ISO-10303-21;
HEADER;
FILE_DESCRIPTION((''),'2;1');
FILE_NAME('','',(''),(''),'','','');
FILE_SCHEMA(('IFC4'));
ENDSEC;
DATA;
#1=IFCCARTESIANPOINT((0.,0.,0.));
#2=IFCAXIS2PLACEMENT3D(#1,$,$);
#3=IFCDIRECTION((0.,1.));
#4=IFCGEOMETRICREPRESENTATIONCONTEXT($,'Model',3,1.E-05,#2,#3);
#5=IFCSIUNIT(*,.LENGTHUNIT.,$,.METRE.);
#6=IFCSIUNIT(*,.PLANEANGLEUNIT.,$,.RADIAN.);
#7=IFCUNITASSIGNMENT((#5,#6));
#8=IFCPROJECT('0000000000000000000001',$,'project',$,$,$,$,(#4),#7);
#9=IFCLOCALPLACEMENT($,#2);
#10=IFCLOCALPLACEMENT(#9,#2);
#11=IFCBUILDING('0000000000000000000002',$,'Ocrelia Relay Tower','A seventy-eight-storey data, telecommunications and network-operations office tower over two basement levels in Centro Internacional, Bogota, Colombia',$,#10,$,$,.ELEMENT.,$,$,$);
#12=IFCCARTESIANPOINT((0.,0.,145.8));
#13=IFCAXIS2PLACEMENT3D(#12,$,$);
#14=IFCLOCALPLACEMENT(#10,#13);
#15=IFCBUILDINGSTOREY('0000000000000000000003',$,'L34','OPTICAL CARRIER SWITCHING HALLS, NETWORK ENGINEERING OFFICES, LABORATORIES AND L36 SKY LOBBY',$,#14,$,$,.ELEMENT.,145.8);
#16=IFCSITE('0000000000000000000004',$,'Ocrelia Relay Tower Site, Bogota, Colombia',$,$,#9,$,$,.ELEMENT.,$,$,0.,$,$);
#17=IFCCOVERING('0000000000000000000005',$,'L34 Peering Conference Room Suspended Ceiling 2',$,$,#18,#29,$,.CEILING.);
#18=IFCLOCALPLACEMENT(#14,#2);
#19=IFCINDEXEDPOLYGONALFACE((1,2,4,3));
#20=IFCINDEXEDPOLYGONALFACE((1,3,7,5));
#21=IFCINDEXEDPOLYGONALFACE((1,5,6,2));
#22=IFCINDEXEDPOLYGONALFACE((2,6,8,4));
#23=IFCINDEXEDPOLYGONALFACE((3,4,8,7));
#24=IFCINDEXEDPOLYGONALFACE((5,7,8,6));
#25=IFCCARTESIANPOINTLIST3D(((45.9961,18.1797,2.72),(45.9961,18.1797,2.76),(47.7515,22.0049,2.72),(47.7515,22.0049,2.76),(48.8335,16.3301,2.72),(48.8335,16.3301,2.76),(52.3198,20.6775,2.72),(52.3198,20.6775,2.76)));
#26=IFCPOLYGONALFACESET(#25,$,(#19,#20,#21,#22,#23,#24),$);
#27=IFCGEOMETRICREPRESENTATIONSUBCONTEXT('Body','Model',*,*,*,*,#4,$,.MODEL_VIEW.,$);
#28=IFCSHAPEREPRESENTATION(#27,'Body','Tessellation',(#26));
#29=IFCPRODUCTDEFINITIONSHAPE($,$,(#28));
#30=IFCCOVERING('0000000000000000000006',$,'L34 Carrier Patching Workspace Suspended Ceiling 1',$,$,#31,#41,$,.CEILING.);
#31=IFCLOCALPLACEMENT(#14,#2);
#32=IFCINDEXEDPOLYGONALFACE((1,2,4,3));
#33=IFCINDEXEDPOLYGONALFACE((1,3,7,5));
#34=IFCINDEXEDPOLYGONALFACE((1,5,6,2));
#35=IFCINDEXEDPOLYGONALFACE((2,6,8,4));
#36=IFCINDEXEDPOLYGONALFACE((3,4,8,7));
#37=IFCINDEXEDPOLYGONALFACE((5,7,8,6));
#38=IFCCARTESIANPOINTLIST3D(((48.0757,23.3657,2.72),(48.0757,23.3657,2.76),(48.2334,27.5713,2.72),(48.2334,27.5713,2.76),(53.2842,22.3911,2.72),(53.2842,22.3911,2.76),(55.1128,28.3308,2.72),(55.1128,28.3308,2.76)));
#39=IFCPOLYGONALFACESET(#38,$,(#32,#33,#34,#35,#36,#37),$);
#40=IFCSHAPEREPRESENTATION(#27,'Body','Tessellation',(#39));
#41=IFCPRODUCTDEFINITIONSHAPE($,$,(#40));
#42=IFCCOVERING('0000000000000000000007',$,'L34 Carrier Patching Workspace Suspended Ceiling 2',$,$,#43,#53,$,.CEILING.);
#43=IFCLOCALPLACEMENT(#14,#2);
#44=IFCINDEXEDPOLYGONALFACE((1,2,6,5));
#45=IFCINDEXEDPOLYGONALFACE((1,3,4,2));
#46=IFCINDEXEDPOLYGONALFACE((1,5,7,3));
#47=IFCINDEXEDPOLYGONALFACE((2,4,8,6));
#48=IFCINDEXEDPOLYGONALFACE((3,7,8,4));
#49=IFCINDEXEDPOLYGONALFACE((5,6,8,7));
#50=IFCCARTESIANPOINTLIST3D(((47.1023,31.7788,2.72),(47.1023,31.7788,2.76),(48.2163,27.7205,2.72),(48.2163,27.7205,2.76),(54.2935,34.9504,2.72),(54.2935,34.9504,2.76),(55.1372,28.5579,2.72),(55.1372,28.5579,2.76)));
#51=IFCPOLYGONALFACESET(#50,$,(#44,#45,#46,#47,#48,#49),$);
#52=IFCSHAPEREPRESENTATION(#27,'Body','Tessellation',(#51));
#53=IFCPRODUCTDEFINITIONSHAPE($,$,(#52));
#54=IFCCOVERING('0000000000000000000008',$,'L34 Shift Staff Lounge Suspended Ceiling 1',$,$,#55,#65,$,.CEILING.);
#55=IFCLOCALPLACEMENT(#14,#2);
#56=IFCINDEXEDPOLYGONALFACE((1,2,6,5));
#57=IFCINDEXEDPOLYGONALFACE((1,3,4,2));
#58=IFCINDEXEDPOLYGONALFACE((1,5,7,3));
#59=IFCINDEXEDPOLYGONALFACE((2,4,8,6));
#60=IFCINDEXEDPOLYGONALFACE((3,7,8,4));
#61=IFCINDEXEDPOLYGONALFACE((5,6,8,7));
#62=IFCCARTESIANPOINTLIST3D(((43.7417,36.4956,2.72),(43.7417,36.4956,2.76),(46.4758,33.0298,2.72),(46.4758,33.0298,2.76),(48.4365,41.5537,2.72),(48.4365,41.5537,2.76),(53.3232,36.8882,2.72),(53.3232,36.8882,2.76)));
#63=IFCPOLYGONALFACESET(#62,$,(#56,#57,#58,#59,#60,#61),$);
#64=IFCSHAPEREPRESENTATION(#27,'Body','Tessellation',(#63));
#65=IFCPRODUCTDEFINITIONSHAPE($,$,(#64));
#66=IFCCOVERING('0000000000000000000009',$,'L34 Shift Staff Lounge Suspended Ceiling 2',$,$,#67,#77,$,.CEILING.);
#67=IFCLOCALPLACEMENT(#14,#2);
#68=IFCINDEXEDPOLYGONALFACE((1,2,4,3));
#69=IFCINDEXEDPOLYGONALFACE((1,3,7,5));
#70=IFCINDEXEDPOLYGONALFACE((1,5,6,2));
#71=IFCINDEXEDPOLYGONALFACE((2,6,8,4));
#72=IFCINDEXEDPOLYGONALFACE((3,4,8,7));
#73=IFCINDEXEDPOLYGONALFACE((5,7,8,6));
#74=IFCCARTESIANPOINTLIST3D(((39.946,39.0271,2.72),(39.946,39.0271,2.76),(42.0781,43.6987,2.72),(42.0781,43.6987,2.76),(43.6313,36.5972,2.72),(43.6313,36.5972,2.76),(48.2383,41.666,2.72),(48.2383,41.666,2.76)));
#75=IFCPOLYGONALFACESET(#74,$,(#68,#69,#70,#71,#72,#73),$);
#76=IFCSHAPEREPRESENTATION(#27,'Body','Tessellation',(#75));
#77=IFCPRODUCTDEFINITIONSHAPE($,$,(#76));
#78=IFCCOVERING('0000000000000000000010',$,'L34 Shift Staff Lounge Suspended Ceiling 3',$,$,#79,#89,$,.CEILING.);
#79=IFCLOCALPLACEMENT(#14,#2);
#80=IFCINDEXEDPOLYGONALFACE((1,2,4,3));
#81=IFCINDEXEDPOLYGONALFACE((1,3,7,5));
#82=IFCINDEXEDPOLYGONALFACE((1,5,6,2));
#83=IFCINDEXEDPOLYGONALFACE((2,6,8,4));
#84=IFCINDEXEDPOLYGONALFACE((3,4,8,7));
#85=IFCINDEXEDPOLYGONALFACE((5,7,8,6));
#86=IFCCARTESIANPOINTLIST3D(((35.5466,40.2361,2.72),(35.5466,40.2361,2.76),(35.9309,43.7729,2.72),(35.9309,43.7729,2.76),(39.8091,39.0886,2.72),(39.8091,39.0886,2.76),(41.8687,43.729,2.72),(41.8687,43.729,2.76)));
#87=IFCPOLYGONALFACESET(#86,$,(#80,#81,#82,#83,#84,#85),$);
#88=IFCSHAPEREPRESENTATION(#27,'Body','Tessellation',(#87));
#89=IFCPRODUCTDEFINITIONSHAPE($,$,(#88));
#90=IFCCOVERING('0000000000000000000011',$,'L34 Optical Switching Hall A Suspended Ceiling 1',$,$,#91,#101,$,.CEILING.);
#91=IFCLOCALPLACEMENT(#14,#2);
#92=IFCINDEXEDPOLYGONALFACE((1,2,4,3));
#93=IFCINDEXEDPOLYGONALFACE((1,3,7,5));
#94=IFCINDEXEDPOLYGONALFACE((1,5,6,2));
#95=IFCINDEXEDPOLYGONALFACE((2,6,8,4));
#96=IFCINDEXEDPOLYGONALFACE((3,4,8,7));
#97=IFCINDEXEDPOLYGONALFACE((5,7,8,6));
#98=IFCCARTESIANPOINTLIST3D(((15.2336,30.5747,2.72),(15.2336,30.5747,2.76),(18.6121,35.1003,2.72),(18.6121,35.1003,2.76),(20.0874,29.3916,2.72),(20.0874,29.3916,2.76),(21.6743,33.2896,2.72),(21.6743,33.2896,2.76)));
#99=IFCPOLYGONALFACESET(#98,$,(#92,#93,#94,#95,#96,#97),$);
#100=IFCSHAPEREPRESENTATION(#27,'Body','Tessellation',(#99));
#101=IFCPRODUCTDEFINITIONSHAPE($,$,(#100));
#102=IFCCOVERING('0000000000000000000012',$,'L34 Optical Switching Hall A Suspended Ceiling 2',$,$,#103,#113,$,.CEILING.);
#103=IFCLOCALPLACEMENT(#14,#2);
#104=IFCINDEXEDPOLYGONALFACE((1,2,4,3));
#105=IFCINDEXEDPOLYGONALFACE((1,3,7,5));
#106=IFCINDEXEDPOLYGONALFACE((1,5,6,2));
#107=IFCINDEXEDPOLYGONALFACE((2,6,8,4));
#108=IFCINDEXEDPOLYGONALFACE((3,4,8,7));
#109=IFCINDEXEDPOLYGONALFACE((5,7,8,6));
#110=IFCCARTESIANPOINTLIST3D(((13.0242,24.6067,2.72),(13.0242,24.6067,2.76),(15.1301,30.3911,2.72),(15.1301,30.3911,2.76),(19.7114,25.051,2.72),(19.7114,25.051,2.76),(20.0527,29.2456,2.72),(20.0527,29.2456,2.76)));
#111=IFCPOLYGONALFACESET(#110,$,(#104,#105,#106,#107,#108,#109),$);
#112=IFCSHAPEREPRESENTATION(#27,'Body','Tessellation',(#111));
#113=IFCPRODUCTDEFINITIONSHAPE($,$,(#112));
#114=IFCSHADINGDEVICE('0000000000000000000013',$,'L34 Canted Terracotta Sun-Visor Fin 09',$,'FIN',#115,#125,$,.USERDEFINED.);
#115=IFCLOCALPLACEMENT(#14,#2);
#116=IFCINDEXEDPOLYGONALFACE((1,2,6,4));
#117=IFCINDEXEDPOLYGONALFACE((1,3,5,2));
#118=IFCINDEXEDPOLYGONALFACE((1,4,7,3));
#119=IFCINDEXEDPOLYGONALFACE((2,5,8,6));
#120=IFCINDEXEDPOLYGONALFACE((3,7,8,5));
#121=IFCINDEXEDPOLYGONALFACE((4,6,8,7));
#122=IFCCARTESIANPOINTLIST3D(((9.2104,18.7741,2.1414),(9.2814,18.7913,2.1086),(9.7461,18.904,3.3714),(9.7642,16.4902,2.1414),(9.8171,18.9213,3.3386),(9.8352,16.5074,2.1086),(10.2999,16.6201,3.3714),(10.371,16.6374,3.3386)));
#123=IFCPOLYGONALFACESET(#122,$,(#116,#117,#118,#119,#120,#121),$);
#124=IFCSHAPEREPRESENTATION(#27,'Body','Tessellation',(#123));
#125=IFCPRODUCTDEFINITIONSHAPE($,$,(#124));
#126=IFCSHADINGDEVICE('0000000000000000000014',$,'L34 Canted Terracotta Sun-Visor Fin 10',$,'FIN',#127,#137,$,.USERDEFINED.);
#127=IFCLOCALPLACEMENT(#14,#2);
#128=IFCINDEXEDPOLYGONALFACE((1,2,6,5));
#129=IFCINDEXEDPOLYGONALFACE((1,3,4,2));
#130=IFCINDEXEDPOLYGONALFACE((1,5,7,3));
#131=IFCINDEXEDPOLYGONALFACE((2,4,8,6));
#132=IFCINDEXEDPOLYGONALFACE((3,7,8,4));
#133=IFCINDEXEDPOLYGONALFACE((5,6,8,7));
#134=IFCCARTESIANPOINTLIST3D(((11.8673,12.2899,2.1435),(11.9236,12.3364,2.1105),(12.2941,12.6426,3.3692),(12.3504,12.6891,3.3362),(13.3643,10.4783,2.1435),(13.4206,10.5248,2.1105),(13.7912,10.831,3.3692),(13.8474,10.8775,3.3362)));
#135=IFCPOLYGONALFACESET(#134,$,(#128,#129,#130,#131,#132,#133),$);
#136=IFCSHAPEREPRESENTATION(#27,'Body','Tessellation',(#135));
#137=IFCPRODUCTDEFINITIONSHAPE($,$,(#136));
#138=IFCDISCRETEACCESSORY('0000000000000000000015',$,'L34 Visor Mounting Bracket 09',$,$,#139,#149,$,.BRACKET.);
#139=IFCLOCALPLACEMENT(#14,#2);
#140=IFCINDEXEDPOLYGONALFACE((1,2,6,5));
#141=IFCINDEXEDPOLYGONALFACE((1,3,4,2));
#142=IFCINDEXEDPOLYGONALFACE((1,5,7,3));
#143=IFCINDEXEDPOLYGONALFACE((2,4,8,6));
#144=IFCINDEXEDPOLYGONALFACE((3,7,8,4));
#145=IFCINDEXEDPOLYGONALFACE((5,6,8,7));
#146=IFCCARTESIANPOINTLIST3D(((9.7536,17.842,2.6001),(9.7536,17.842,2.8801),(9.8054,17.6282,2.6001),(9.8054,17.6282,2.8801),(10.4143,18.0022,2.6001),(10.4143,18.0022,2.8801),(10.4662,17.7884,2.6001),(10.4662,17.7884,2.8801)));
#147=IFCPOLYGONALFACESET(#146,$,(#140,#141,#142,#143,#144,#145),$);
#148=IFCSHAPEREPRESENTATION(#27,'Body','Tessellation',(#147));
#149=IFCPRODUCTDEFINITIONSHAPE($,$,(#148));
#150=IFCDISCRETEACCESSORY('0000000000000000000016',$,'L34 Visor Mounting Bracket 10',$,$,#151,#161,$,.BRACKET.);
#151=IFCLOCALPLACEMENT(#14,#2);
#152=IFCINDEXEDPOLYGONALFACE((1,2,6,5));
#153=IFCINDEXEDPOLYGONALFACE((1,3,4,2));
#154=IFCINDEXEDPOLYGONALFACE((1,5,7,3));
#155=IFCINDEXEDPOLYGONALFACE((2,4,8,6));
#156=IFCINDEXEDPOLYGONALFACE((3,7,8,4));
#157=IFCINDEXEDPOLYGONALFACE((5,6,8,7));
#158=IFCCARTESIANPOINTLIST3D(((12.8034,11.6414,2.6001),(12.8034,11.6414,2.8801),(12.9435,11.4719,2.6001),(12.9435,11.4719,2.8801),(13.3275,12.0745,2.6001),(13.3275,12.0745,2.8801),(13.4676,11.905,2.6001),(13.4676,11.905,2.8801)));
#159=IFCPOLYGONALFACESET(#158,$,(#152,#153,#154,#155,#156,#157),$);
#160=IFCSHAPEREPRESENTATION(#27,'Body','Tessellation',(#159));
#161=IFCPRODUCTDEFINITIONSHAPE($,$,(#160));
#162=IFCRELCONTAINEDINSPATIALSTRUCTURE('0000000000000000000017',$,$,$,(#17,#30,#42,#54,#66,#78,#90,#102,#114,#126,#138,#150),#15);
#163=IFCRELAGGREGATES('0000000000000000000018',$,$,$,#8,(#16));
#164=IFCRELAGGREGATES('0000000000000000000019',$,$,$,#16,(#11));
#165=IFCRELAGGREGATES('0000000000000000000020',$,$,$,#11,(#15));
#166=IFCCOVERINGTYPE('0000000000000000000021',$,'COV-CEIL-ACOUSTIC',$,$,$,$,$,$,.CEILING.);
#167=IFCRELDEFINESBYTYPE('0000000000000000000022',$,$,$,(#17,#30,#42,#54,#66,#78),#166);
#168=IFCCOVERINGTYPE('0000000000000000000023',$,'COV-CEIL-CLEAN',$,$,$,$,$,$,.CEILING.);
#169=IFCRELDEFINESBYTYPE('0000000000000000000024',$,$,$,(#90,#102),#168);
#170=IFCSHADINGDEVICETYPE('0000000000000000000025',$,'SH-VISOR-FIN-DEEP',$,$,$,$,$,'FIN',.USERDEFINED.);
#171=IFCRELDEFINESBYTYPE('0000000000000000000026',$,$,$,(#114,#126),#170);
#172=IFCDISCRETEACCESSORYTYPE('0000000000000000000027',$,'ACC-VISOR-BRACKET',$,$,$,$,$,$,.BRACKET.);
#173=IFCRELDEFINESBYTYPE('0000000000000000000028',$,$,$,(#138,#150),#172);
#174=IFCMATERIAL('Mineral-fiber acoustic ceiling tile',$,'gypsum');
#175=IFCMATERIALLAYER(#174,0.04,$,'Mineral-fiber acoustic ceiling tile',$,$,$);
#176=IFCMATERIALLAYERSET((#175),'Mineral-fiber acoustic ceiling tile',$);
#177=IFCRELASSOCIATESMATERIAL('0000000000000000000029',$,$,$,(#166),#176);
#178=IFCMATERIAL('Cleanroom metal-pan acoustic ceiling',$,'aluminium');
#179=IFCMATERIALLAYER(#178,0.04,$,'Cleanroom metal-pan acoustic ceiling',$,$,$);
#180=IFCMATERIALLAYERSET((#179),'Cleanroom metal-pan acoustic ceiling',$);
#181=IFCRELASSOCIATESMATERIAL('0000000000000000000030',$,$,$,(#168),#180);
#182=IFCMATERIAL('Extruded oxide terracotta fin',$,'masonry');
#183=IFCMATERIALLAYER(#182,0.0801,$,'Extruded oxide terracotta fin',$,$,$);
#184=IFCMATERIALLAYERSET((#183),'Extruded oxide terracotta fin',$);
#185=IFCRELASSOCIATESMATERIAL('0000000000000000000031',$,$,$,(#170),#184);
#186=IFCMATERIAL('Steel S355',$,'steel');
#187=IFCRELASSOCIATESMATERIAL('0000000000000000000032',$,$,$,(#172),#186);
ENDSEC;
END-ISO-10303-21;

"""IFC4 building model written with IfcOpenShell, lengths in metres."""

from ifc_helpers import new_model, si_unit, direction, frame, origin, origin_2d, place, context, subcontext, project, spatial, polyline, rectangle, outline, extrude, material, layer, layer_set, type_object, element, save


model = new_model("IFC4")

# Units and contexts
model_context = context("Model", 3, precision=1e-05, world=origin(), true_north=direction((0.0, 1.0)))
body_context = subcontext(model_context, "Body", "Model", "MODEL_VIEW")
ifc_project = project(units=[si_unit("LENGTHUNIT", "METRE"), si_unit("PLANEANGLEUNIT", "RADIAN")], contexts=[model_context])

# Site, building, storey
site_placement = place(None, origin())
site = spatial("IfcSite", under=ifc_project, at=site_placement, Name="Ocrelia Relay Tower Site, Bogota, Colombia", CompositionType="ELEMENT", RefElevation=0.0)
building_placement = place(site_placement, origin())
building = spatial("IfcBuilding", under=site, at=building_placement, Name="Ocrelia Relay Tower", Description="A seventy-eight-storey data, telecommunications and network-operations office tower over two basement levels in Centro Internacional, Bogota, Colombia", CompositionType="ELEMENT")
storey_placement = place(building_placement, frame((0.0, 0.0, 145.8)))
storey = spatial("IfcBuildingStorey", under=building, at=storey_placement, Name="L34", Description="OPTICAL CARRIER SWITCHING HALLS, NETWORK ENGINEERING OFFICES, LABORATORIES AND L36 SKY LOBBY", CompositionType="ELEMENT", Elevation=145.8)

# Coverings
ifc_material_1 = material(Name="Mineral-fiber acoustic ceiling tile", Category="gypsum")
ifc_layer_1 = layer(ifc_material_1, 0.04, Name="Mineral-fiber acoustic ceiling tile")
ifc_layer_set_1 = layer_set([ifc_layer_1], Name="Mineral-fiber acoustic ceiling tile")
covering_type_1 = type_object("IfcCoveringType", Name="COV-CEIL-ACOUSTIC", PredefinedType="CEILING", material=ifc_layer_set_1)
covering_1_placement = place(storey_placement, frame((0.0, 0.0, 2.72)))
element("IfcCovering", 1, at=covering_1_placement, inside=storey, type_object=covering_type_1, Name="L34 Peering Conference Room Suspended Ceiling 2", PredefinedType="CEILING", context=body_context, shape_type="SweptSolid", body=[
    extrude(outline(polyline([(45.9961, 18.1797), (48.8335, 16.3301), (52.3198, 20.6775), (47.7515, 22.0049), (45.9961, 18.1797)])), origin(), (0.0, 0.0, 1.0), 0.04),
])
covering_2_placement = place(storey_placement, frame((0.0, 0.0, 2.72)))
element("IfcCovering", 2, at=covering_2_placement, inside=storey, type_object=covering_type_1, Name="L34 Carrier Patching Workspace Suspended Ceiling 1", PredefinedType="CEILING", context=body_context, shape_type="SweptSolid", body=[
    extrude(outline(polyline([(48.0757, 23.3657), (53.2842, 22.3911), (55.1128, 28.3308), (48.2334, 27.5713), (48.0757, 23.3657)])), origin(), (0.0, 0.0, 1.0), 0.04),
])
covering_3_placement = place(storey_placement, frame((0.0, 0.0, 2.72)))
element("IfcCovering", 3, at=covering_3_placement, inside=storey, type_object=covering_type_1, Name="L34 Carrier Patching Workspace Suspended Ceiling 2", PredefinedType="CEILING", context=body_context, shape_type="SweptSolid", body=[
    extrude(outline(polyline([(48.2163, 27.7205), (55.1372, 28.5579), (54.2935, 34.9504), (47.1023, 31.7788), (48.2163, 27.7205)])), origin(), (0.0, 0.0, 1.0), 0.04),
])
covering_4_placement = place(storey_placement, frame((0.0, 0.0, 2.72)))
element("IfcCovering", 4, at=covering_4_placement, inside=storey, type_object=covering_type_1, Name="L34 Shift Staff Lounge Suspended Ceiling 1", PredefinedType="CEILING", context=body_context, shape_type="SweptSolid", body=[
    extrude(outline(polyline([(46.4758, 33.0298), (53.3232, 36.8882), (48.4365, 41.5537), (43.7417, 36.4956), (46.4758, 33.0298)])), origin(), (0.0, 0.0, 1.0), 0.04),
])
covering_5_placement = place(storey_placement, frame((0.0, 0.0, 2.72)))
element("IfcCovering", 5, at=covering_5_placement, inside=storey, type_object=covering_type_1, Name="L34 Shift Staff Lounge Suspended Ceiling 2", PredefinedType="CEILING", context=body_context, shape_type="SweptSolid", body=[
    extrude(outline(polyline([(43.6313, 36.5972), (48.2383, 41.666), (42.0781, 43.6987), (39.946, 39.0271), (43.6313, 36.5972)])), origin(), (0.0, 0.0, 1.0), 0.04),
])
covering_6_placement = place(storey_placement, frame((0.0, 0.0, 2.72)))
element("IfcCovering", 6, at=covering_6_placement, inside=storey, type_object=covering_type_1, Name="L34 Shift Staff Lounge Suspended Ceiling 3", PredefinedType="CEILING", context=body_context, shape_type="SweptSolid", body=[
    extrude(outline(polyline([(39.8091, 39.0886), (41.8687, 43.729), (35.9309, 43.7729), (35.5466, 40.2361), (39.8091, 39.0886)])), origin(), (0.0, 0.0, 1.0), 0.04),
])
ifc_material_2 = material(Name="Cleanroom metal-pan acoustic ceiling", Category="aluminium")
ifc_layer_2 = layer(ifc_material_2, 0.04, Name="Cleanroom metal-pan acoustic ceiling")
ifc_layer_set_2 = layer_set([ifc_layer_2], Name="Cleanroom metal-pan acoustic ceiling")
covering_type_2 = type_object("IfcCoveringType", Name="COV-CEIL-CLEAN", PredefinedType="CEILING", material=ifc_layer_set_2)
covering_7_placement = place(storey_placement, frame((0.0, 0.0, 2.72)))
element("IfcCovering", 7, at=covering_7_placement, inside=storey, type_object=covering_type_2, Name="L34 Optical Switching Hall A Suspended Ceiling 1", PredefinedType="CEILING", context=body_context, shape_type="SweptSolid", body=[
    extrude(outline(polyline([(21.6743, 33.2896), (18.6121, 35.1003), (15.2336, 30.5747), (20.0874, 29.3916), (21.6743, 33.2896)])), origin(), (0.0, 0.0, 1.0), 0.04),
])
covering_8_placement = place(storey_placement, frame((0.0, 0.0, 2.72)))
element("IfcCovering", 8, at=covering_8_placement, inside=storey, type_object=covering_type_2, Name="L34 Optical Switching Hall A Suspended Ceiling 2", PredefinedType="CEILING", context=body_context, shape_type="SweptSolid", body=[
    extrude(outline(polyline([(20.0527, 29.2456), (15.1301, 30.3911), (13.0242, 24.6067), (19.7114, 25.051), (20.0527, 29.2456)])), origin(), (0.0, 0.0, 1.0), 0.04),
])

# Shading devices
ifc_material_3 = material(Name="Extruded oxide terracotta fin", Category="masonry")
ifc_layer_3 = layer(ifc_material_3, 0.0801, Name="Extruded oxide terracotta fin")
ifc_layer_set_3 = layer_set([ifc_layer_3], Name="Extruded oxide terracotta fin")
shading_device_type = type_object("IfcShadingDeviceType", Name="SH-VISOR-FIN-DEEP", ElementType="FIN", PredefinedType="USERDEFINED", material=ifc_layer_set_3)
shading_device_1_placement = place(storey_placement, frame((9.8262, 17.7144, 2.7236), z_axis=(-0.886845, -0.215062, 0.408968), x_axis=(0.235672, -0.971833, 0.0)))
element("IfcShadingDevice", 9, at=shading_device_1_placement, inside=storey, type_object=shading_device_type, Name="L34 Canted Terracotta Sun-Visor Fin 09", ObjectType="FIN", PredefinedType="USERDEFINED", context=body_context, shape_type="SweptSolid", body=[
    extrude(rectangle(XDim=2.3501, YDim=1.3479, at=origin_2d()), origin(), (0.0, 0.0, 1.0), 0.0801),
])
shading_device_2_placement = place(storey_placement, frame((12.8855, 11.6069, 2.7234), z_axis=(-0.702509, -0.580522, 0.411673), x_axis=(0.637005, -0.77086, 0.0)))
element("IfcShadingDevice", 10, at=shading_device_2_placement, inside=storey, type_object=shading_device_type, Name="L34 Canted Terracotta Sun-Visor Fin 10", ObjectType="FIN", PredefinedType="USERDEFINED", context=body_context, shape_type="SweptSolid", body=[
    extrude(rectangle(XDim=2.3501, YDim=1.345, at=origin_2d()), origin(), (0.0, 0.0, 1.0), 0.0801),
])

# Discrete accessories
ifc_material_4 = material(Name="Steel S355", Category="steel")
discrete_accessory_type = type_object("IfcDiscreteAccessoryType", Name="ACC-VISOR-BRACKET", PredefinedType="BRACKET", material=ifc_material_4)
for number, where, z_axis, x_axis, name in (
    (11, (10.1099, 17.8152, 2.6001), (0.0, 0.0, 1.0), (0.235672, -0.971833, 0.0), "L34 Visor Mounting Bracket 09"),
    (12, (13.1355, 11.7732, 2.6001), (0.0, 0.0, 1.0), (0.637005, -0.77086, 0.0), "L34 Visor Mounting Bracket 10"),
):
    element("IfcDiscreteAccessory", number, at=place(storey_placement, frame(where, z_axis=z_axis, x_axis=x_axis)), inside=storey, type_object=discrete_accessory_type, Name=name, PredefinedType="BRACKET", context=body_context, shape_type="SweptSolid", body=[
        extrude(rectangle(XDim=0.22, YDim=0.6799, at=origin_2d()), origin(), (0.0, 0.0, 1.0), 0.28),
    ])

save(model, "model.ifc")
